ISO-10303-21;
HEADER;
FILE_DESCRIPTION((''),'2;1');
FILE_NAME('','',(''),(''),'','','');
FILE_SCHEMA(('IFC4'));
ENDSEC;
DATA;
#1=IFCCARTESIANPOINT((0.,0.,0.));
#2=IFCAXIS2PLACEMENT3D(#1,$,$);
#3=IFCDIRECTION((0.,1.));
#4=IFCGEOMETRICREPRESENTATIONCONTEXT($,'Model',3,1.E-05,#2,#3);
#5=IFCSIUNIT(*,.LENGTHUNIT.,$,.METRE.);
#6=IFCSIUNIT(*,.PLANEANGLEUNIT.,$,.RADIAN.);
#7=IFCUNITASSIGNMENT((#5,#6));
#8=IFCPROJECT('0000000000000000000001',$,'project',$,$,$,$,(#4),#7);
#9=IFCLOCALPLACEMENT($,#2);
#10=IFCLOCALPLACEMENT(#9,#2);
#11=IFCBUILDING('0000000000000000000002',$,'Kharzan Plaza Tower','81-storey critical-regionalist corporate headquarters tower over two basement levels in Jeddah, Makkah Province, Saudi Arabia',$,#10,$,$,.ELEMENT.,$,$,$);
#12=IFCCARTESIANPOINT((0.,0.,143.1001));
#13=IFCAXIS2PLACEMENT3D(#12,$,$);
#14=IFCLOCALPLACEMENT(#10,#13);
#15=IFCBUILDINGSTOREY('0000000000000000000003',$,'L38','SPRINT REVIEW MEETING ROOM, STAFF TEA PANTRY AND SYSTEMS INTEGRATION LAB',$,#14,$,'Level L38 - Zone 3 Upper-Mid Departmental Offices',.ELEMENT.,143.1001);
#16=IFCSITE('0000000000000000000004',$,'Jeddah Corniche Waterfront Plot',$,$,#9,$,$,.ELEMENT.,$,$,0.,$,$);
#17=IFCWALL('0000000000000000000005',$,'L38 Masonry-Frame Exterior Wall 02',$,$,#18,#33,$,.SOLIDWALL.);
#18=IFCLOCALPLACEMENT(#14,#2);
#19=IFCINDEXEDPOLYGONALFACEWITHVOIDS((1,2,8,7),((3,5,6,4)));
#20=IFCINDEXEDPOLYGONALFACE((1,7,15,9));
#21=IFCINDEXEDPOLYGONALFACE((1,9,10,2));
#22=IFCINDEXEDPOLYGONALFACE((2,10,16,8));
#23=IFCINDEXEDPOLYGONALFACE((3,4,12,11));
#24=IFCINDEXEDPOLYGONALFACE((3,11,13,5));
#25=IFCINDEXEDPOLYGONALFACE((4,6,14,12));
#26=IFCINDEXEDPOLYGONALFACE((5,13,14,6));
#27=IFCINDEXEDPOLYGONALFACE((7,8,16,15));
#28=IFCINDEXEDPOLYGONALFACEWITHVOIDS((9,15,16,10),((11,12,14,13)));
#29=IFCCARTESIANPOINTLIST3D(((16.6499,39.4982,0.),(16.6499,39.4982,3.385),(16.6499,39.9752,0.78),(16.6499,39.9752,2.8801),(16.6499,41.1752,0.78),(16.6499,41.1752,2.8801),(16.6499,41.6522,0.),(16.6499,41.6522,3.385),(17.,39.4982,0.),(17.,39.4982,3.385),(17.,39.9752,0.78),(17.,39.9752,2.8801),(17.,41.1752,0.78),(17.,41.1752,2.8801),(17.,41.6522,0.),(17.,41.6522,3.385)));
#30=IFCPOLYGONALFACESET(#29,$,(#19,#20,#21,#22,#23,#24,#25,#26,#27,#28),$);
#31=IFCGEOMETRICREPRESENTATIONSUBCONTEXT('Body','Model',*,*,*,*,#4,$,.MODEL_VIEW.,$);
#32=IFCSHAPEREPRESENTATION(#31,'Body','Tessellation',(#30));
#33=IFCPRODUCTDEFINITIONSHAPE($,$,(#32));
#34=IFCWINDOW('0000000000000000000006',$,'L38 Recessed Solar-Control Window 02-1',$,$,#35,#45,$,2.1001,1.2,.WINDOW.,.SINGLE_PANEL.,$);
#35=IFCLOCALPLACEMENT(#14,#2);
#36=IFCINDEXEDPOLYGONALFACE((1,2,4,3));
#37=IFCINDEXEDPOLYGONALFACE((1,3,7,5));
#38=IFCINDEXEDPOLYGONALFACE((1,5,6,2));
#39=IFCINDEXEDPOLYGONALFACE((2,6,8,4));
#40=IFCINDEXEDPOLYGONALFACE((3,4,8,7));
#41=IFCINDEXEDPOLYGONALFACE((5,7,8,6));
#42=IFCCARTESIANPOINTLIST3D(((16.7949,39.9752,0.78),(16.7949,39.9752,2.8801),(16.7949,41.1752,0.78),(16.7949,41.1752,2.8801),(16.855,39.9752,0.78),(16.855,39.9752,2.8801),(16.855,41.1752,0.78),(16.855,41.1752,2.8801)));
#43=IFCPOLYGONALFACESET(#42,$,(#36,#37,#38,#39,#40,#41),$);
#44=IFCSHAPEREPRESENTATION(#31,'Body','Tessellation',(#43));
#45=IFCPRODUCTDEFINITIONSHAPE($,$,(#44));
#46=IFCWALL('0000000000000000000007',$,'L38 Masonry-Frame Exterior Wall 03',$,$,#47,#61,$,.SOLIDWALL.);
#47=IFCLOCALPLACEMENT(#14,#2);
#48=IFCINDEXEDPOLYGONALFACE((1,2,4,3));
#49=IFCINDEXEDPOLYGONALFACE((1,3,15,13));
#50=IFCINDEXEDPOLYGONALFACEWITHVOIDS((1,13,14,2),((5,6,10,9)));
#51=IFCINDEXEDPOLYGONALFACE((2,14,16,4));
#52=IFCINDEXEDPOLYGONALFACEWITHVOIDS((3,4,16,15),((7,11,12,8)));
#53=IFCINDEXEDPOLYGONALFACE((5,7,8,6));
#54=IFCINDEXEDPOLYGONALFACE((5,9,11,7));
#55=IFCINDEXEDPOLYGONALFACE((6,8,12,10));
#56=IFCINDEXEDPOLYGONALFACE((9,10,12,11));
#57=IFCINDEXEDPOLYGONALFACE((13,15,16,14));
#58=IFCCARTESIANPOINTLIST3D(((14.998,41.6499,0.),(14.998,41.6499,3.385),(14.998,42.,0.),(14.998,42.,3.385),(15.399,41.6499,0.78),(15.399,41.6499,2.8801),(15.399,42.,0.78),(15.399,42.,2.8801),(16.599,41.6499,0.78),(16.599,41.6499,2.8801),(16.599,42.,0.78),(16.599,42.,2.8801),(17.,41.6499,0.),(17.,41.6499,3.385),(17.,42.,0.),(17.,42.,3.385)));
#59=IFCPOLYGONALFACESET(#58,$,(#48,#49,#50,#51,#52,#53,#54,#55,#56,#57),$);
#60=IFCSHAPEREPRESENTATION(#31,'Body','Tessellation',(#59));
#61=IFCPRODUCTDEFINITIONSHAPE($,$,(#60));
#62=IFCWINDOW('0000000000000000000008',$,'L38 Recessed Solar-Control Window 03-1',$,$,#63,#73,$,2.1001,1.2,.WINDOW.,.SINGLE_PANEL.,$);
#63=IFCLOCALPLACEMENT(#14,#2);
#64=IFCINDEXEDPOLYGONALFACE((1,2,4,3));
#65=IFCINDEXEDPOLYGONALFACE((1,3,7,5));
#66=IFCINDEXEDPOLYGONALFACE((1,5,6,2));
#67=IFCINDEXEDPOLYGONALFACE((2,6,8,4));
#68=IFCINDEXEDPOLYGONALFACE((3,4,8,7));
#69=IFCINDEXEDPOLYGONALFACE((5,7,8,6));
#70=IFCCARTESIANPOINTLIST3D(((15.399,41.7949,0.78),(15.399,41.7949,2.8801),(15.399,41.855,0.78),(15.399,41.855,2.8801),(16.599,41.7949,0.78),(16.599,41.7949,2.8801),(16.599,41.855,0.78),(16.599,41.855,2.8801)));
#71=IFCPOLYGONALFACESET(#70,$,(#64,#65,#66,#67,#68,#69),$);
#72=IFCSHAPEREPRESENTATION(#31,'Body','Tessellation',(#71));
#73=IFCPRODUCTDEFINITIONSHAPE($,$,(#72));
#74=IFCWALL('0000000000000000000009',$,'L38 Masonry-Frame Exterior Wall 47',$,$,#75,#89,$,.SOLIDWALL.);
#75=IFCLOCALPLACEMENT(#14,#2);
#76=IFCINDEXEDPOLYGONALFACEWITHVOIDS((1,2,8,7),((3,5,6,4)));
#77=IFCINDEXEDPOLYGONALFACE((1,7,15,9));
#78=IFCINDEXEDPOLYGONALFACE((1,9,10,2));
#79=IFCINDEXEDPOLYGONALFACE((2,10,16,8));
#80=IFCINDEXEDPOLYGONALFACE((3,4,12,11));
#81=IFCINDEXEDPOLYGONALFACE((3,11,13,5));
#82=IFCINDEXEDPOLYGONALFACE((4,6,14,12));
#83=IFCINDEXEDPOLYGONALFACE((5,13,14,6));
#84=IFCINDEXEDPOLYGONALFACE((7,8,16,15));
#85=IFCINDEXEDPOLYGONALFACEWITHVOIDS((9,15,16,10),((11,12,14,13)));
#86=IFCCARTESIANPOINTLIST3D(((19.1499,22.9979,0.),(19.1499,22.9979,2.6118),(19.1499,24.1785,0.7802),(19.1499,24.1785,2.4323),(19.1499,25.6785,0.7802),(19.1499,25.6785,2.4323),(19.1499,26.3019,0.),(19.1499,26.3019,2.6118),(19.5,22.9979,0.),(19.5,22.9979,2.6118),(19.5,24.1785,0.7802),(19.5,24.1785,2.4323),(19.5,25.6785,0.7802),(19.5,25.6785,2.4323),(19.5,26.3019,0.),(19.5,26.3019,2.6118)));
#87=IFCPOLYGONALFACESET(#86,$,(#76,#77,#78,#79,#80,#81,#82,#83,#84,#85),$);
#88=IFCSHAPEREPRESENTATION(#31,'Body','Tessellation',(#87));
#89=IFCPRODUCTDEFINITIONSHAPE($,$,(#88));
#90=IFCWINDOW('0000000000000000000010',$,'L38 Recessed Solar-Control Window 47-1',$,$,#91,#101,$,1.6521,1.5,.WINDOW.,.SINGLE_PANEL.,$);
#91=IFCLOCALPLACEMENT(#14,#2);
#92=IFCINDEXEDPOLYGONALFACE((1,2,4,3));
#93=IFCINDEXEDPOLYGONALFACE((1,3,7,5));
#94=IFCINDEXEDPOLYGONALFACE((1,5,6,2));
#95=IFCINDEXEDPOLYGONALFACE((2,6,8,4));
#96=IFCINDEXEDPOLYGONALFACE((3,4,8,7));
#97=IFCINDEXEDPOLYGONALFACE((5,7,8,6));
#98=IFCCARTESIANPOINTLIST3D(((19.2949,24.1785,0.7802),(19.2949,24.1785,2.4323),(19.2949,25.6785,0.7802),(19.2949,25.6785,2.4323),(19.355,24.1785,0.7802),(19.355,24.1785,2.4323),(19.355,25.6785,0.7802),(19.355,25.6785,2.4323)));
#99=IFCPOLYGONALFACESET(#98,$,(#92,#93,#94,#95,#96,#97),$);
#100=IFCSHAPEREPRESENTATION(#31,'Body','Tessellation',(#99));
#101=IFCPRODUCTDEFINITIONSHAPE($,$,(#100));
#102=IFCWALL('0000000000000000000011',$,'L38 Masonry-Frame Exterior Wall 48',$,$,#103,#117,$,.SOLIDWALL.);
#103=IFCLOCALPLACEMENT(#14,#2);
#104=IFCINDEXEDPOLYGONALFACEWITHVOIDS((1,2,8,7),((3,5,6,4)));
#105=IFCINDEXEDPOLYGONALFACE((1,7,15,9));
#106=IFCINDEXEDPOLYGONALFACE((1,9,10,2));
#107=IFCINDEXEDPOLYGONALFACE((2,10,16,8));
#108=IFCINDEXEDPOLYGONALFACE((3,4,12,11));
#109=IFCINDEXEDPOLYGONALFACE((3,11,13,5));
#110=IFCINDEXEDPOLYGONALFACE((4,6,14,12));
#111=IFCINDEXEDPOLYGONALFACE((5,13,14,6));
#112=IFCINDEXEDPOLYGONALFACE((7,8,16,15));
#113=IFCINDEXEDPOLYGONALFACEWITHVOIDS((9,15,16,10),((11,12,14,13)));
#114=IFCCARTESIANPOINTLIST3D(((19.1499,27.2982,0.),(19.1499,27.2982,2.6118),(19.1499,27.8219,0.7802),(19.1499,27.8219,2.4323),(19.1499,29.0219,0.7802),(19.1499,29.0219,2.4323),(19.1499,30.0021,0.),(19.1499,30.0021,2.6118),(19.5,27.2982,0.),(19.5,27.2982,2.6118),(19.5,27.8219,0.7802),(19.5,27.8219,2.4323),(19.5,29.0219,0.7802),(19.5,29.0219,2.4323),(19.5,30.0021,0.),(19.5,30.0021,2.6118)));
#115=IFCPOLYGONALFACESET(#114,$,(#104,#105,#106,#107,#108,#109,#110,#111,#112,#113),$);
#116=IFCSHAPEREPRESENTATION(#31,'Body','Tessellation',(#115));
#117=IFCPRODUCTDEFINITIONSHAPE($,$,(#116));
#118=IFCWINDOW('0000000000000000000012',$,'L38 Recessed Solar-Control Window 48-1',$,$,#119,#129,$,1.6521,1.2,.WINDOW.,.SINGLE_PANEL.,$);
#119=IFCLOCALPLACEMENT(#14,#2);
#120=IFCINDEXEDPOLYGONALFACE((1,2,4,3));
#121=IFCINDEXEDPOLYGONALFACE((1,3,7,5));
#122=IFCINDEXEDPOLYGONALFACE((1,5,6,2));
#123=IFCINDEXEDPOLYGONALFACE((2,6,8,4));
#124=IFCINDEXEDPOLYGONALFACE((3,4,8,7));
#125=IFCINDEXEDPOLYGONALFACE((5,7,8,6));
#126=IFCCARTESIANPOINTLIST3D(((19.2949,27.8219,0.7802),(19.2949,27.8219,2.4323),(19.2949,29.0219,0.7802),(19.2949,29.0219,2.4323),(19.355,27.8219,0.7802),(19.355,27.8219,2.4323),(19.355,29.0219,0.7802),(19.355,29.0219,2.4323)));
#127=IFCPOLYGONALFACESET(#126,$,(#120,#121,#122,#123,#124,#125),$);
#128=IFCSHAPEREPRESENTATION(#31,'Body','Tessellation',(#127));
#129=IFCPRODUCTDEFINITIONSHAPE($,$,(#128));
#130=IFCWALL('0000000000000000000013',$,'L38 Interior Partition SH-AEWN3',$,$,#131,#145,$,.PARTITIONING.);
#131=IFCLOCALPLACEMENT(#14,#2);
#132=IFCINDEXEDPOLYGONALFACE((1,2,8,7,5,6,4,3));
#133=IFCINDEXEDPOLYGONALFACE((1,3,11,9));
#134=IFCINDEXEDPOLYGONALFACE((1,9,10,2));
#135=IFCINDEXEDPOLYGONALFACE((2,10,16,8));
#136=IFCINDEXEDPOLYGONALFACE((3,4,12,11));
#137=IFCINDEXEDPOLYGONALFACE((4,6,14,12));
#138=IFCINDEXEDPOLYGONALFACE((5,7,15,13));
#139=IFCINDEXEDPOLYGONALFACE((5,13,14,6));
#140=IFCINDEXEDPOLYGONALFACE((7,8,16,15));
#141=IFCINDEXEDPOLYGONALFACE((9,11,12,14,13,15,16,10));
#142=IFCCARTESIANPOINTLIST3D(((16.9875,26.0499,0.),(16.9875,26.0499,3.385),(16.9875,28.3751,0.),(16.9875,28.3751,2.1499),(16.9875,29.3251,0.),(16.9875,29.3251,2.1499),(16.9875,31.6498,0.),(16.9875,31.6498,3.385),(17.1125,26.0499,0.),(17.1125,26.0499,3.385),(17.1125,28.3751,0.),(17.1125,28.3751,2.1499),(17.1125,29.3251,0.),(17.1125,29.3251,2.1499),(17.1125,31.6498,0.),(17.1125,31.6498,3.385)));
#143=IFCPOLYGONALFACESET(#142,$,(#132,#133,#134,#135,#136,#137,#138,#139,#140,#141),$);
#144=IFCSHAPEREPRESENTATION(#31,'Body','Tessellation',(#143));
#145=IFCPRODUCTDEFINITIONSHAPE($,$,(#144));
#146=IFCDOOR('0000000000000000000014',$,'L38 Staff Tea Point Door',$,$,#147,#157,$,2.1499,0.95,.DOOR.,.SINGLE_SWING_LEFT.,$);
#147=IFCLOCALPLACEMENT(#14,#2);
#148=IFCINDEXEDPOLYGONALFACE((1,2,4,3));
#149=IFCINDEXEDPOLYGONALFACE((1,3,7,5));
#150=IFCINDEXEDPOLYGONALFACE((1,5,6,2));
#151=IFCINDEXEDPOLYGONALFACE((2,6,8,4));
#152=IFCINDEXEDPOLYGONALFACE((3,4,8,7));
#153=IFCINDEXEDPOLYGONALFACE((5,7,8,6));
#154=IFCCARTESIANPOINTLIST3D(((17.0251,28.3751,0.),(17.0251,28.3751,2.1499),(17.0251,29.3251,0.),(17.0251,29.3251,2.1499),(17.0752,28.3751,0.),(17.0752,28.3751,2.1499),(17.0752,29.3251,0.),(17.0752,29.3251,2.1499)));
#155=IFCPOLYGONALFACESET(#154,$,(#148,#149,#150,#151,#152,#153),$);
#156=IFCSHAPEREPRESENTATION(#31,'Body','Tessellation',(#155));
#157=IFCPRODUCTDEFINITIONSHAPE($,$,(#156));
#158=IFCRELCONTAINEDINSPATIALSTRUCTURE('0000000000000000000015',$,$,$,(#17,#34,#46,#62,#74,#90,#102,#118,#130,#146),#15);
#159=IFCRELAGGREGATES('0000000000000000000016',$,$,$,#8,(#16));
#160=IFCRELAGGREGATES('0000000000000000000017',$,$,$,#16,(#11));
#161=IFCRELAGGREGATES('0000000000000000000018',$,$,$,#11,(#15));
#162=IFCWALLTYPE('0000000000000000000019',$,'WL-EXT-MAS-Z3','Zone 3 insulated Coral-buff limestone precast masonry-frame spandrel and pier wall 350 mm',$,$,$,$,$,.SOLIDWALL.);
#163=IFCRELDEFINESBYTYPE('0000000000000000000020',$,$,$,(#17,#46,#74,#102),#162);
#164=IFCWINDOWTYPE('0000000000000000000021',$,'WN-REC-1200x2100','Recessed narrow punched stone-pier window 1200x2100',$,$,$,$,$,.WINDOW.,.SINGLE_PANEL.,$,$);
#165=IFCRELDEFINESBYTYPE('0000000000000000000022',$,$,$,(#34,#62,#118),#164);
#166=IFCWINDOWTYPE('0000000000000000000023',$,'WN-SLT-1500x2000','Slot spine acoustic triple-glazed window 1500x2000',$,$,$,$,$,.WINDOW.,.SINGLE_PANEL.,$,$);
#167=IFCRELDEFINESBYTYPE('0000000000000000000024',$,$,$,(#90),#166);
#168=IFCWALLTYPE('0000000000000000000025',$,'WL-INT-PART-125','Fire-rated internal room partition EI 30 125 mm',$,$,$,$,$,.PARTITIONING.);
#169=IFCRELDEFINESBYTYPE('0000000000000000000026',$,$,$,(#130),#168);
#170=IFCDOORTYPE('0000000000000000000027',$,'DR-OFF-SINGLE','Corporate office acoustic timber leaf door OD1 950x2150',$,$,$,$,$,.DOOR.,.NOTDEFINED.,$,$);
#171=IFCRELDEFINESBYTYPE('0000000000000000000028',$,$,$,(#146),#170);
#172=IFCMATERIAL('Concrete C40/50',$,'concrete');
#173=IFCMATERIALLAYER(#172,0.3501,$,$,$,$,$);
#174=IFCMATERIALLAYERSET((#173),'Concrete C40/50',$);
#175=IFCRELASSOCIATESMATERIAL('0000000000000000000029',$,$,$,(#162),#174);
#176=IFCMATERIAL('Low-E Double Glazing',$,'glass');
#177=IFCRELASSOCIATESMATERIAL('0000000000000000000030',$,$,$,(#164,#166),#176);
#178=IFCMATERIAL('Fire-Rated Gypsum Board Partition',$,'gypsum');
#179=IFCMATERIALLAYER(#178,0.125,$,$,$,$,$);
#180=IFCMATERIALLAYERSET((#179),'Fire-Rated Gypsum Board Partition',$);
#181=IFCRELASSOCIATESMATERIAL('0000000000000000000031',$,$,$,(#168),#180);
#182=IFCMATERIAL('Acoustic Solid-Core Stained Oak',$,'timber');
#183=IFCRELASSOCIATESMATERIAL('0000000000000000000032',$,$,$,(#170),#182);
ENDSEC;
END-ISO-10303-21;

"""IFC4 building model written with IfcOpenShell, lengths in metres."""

from ifc_helpers import new_model, si_unit, direction, frame, frame_2d, origin, place, context, subcontext, project, spatial, rectangle, extrude, source, transform, mapped, material, layer, layer_set, type_object, element, fill, save


model = new_model("IFC4")

# Units and contexts
model_context = context("Model", 3, precision=1e-05, world=origin(), true_north=direction((0.0, 1.0)))
body_context = subcontext(model_context, "Body", "Model", "MODEL_VIEW")
ifc_project = project(units=[si_unit("LENGTHUNIT", "METRE"), si_unit("PLANEANGLEUNIT", "RADIAN")], contexts=[model_context])

# Site, building, storey
site_placement = place(None, origin())
site = spatial("IfcSite", under=ifc_project, at=site_placement, Name="Jeddah Corniche Waterfront Plot", CompositionType="ELEMENT", RefElevation=0.0)
building_placement = place(site_placement, origin())
building = spatial("IfcBuilding", under=site, at=building_placement, Name="Kharzan Plaza Tower", Description="81-storey critical-regionalist corporate headquarters tower over two basement levels in Jeddah, Makkah Province, Saudi Arabia", CompositionType="ELEMENT")
storey_placement = place(building_placement, frame((0.0, 0.0, 143.1001)))
storey = spatial("IfcBuildingStorey", under=building, at=storey_placement, Name="L38", Description="SPRINT REVIEW MEETING ROOM, STAFF TEA PANTRY AND SYSTEMS INTEGRATION LAB", LongName="Level L38 - Zone 3 Upper-Mid Departmental Offices", CompositionType="ELEMENT", Elevation=143.1001)

# Walls, openings, windows
ifc_material_1 = material(Name="Concrete C40/50", Category="concrete")
ifc_layer_1 = layer(ifc_material_1, 0.3501)
ifc_layer_set_1 = layer_set([ifc_layer_1], Name="Concrete C40/50")
wall_type_1 = type_object("IfcWallType", Name="WL-EXT-MAS-Z3", Description="Zone 3 insulated Coral-buff limestone precast masonry-frame spandrel and pier wall 350 mm", PredefinedType="SOLIDWALL", material=ifc_layer_set_1)
ifc_material_2 = material(Name="Low-E Double Glazing", Category="glass")
wall_1_placement = place(storey_placement, frame((16.825, 39.498, 0.0), z_axis=(0.0, 0.0, 1.0), x_axis=(0.0, 1.0, 0.0)))
wall_1 = element("IfcWall", 1, at=wall_1_placement, inside=storey, type_object=wall_type_1, Name="L38 Masonry-Frame Exterior Wall 02", PredefinedType="SOLIDWALL", context=body_context, shape_type="SweptSolid", body=[
    extrude(rectangle(XDim=2.1541, YDim=0.3501, at=frame_2d((1.0771, 0.0))), origin(), (0.0, 0.0, 1.0), 3.385),
])
opening_1_placement = place(wall_1_placement, frame((0.4771, 0.0, 0.78)))
opening_1 = element("IfcOpeningElement", 2, at=opening_1_placement, cuts=wall_1, PredefinedType="OPENING", context=body_context, shape_type="SweptSolid", body=[
    extrude(rectangle(XDim=1.2, YDim=2.1001, at=frame_2d((0.6001, 1.05))), frame((0.0, 0.1851, 0.0), z_axis=(0.0, -1.0, 0.0), x_axis=(1.0, 0.0, 0.0)), (0.0, 0.0, 1.0), 0.3701),
])
window_type_1 = type_object("IfcWindowType", Name="WN-REC-1200x2100", Description="Recessed narrow punched stone-pier window 1200x2100", PartitioningType="SINGLE_PANEL", PredefinedType="WINDOW", material=ifc_material_2)
shared_shape_1 = source(origin(), body_context, "Body", "SweptSolid", [
    extrude(rectangle(XDim=1.2, YDim=2.1001, at=frame_2d((0.6001, 1.05))), frame((0.0, 0.03, 0.0), z_axis=(0.0, -1.0, 0.0), x_axis=(1.0, 0.0, 0.0)), (0.0, 0.0, 1.0), 0.0601),
])
window_1_placement = place(opening_1_placement, origin())
window_1 = element("IfcWindow", 3, at=window_1_placement, inside=storey, type_object=window_type_1, Name="L38 Recessed Solar-Control Window 02-1", OverallHeight=2.1001, OverallWidth=1.2, PartitioningType="SINGLE_PANEL", PredefinedType="WINDOW", context=body_context, shape_type="MappedRepresentation", body=[
    mapped(shared_shape_1, transform((0.0, 0.0, 0.0), x_axis=(1.0, 0.0, 0.0), y_axis=(0.0, 1.0, 0.0), z_axis=(0.0, 0.0, 1.0))),
])
fill(opening_1, window_1)
wall_2_placement = place(storey_placement, frame((17.0, 41.825, 0.0), z_axis=(0.0, 0.0, 1.0), x_axis=(-1.0, 0.0, 0.0)))
wall_2 = element("IfcWall", 4, at=wall_2_placement, inside=storey, type_object=wall_type_1, Name="L38 Masonry-Frame Exterior Wall 03", PredefinedType="SOLIDWALL", context=body_context, shape_type="SweptSolid", body=[
    extrude(rectangle(XDim=2.002, YDim=0.3501, at=frame_2d((1.001, 0.0))), origin(), (0.0, 0.0, 1.0), 3.385),
])
opening_2_placement = place(wall_2_placement, frame((0.4009, 0.0, 0.78)))
opening_2 = element("IfcOpeningElement", 5, at=opening_2_placement, cuts=wall_2, PredefinedType="OPENING", context=body_context, shape_type="SweptSolid", body=[
    extrude(rectangle(XDim=1.2, YDim=2.1001, at=frame_2d((0.6001, 1.05))), frame((0.0, 0.1851, 0.0), z_axis=(0.0, -1.0, 0.0), x_axis=(1.0, 0.0, 0.0)), (0.0, 0.0, 1.0), 0.3701),
])
window_2_placement = place(opening_2_placement, origin())
window_2 = element("IfcWindow", 6, at=window_2_placement, inside=storey, type_object=window_type_1, Name="L38 Recessed Solar-Control Window 03-1", OverallHeight=2.1001, OverallWidth=1.2, PartitioningType="SINGLE_PANEL", PredefinedType="WINDOW", context=body_context, shape_type="MappedRepresentation", body=[
    mapped(shared_shape_1, transform((0.0, 0.0, 0.0), x_axis=(1.0, 0.0, 0.0), y_axis=(0.0, 1.0, 0.0), z_axis=(0.0, 0.0, 1.0))),
])
fill(opening_2, window_2)
wall_3_placement = place(storey_placement, frame((19.325, 22.998, 0.0), z_axis=(0.0, 0.0, 1.0), x_axis=(0.0, 1.0, 0.0)))
wall_3 = element("IfcWall", 7, at=wall_3_placement, inside=storey, type_object=wall_type_1, Name="L38 Masonry-Frame Exterior Wall 47", PredefinedType="SOLIDWALL", context=body_context, shape_type="SweptSolid", body=[
    extrude(rectangle(XDim=3.304, YDim=0.3501, at=frame_2d((1.6519, 0.0))), origin(), (0.0, 0.0, 1.0), 2.6118),
])
opening_3_placement = place(wall_3_placement, frame((1.1804, 0.0, 0.78)))
opening_3 = element("IfcOpeningElement", 8, at=opening_3_placement, cuts=wall_3, PredefinedType="OPENING", context=body_context, shape_type="SweptSolid", body=[
    extrude(rectangle(XDim=1.5, YDim=1.6521, at=frame_2d((0.75, 0.8262))), frame((0.0, 0.1851, 0.0), z_axis=(0.0, -1.0, 0.0), x_axis=(1.0, 0.0, 0.0)), (0.0, 0.0, 1.0), 0.3701),
])
window_type_2 = type_object("IfcWindowType", Name="WN-SLT-1500x2000", Description="Slot spine acoustic triple-glazed window 1500x2000", PartitioningType="SINGLE_PANEL", PredefinedType="WINDOW", material=ifc_material_2)
shared_shape_2 = source(origin(), body_context, "Body", "SweptSolid", [
    extrude(rectangle(XDim=1.5, YDim=1.6521, at=frame_2d((0.75, 0.8262))), frame((0.0, 0.03, 0.0), z_axis=(0.0, -1.0, 0.0), x_axis=(1.0, 0.0, 0.0)), (0.0, 0.0, 1.0), 0.0601),
])
window_3_placement = place(opening_3_placement, origin())
window_3 = element("IfcWindow", 9, at=window_3_placement, inside=storey, type_object=window_type_2, Name="L38 Recessed Solar-Control Window 47-1", OverallHeight=1.6521, OverallWidth=1.5, PartitioningType="SINGLE_PANEL", PredefinedType="WINDOW", context=body_context, shape_type="MappedRepresentation", body=[
    mapped(shared_shape_2, transform((0.0, 0.0, 0.0), x_axis=(1.0, 0.0, 0.0), y_axis=(0.0, 1.0, 0.0), z_axis=(0.0, 0.0, 1.0))),
])
fill(opening_3, window_3)
wall_4_placement = place(storey_placement, frame((19.325, 27.2981, 0.0), z_axis=(0.0, 0.0, 1.0), x_axis=(0.0, 1.0, 0.0)))
wall_4 = element("IfcWall", 10, at=wall_4_placement, inside=storey, type_object=wall_type_1, Name="L38 Masonry-Frame Exterior Wall 48", PredefinedType="SOLIDWALL", context=body_context, shape_type="SweptSolid", body=[
    extrude(rectangle(XDim=2.7039, YDim=0.3501, at=frame_2d((1.3521, 0.0))), origin(), (0.0, 0.0, 1.0), 2.6118),
])
opening_4_placement = place(wall_4_placement, frame((0.5237, 0.0, 0.78)))
opening_4 = element("IfcOpeningElement", 11, at=opening_4_placement, cuts=wall_4, PredefinedType="OPENING", context=body_context, shape_type="SweptSolid", body=[
    extrude(rectangle(XDim=1.2, YDim=1.6521, at=frame_2d((0.6001, 0.8262))), frame((0.0, 0.1851, 0.0), z_axis=(0.0, -1.0, 0.0), x_axis=(1.0, 0.0, 0.0)), (0.0, 0.0, 1.0), 0.3701),
])
shared_shape_3 = source(origin(), body_context, "Body", "SweptSolid", [
    extrude(rectangle(XDim=1.2, YDim=1.6521, at=frame_2d((0.6001, 0.8262))), frame((0.0, 0.03, 0.0), z_axis=(0.0, -1.0, 0.0), x_axis=(1.0, 0.0, 0.0)), (0.0, 0.0, 1.0), 0.0601),
])
window_4_placement = place(opening_4_placement, origin())
window_4 = element("IfcWindow", 12, at=window_4_placement, inside=storey, type_object=window_type_1, Name="L38 Recessed Solar-Control Window 48-1", OverallHeight=1.6521, OverallWidth=1.2, PartitioningType="SINGLE_PANEL", PredefinedType="WINDOW", context=body_context, shape_type="MappedRepresentation", body=[
    mapped(shared_shape_3, transform((0.0, 0.0, 0.0), x_axis=(1.0, 0.0, 0.0), y_axis=(0.0, 1.0, 0.0), z_axis=(0.0, 0.0, 1.0))),
])
fill(opening_4, window_4)

# Wall, opening, door
ifc_material_3 = material(Name="Fire-Rated Gypsum Board Partition", Category="gypsum")
ifc_layer_2 = layer(ifc_material_3, 0.125)
ifc_layer_set_2 = layer_set([ifc_layer_2], Name="Fire-Rated Gypsum Board Partition")
wall_type_2 = type_object("IfcWallType", Name="WL-INT-PART-125", Description="Fire-rated internal room partition EI 30 125 mm", PredefinedType="PARTITIONING", material=ifc_layer_set_2)
wall_5_placement = place(storey_placement, frame((17.05, 26.05, 0.0), z_axis=(0.0, 0.0, 1.0), x_axis=(0.0, 1.0, 0.0)))
wall_5 = element("IfcWall", 13, at=wall_5_placement, inside=storey, type_object=wall_type_2, Name="L38 Interior Partition SH-AEWN3", PredefinedType="PARTITIONING", context=body_context, shape_type="SweptSolid", body=[
    extrude(rectangle(XDim=5.5999, YDim=0.125, at=frame_2d((2.7998, 0.0))), origin(), (0.0, 0.0, 1.0), 3.385),
])
opening_5_placement = place(wall_5_placement, frame((2.325, 0.0, 0.0)))
opening_5 = element("IfcOpeningElement", 14, at=opening_5_placement, cuts=wall_5, PredefinedType="OPENING", context=body_context, shape_type="SweptSolid", body=[
    extrude(rectangle(XDim=0.95, YDim=2.1499, at=frame_2d((0.4751, 1.075))), frame((0.0, 0.0725, 0.0), z_axis=(0.0, -1.0, 0.0), x_axis=(1.0, 0.0, 0.0)), (0.0, 0.0, 1.0), 0.145),
])
ifc_material_4 = material(Name="Acoustic Solid-Core Stained Oak", Category="timber")
door_type_1 = type_object("IfcDoorType", Name="DR-OFF-SINGLE", Description="Corporate office acoustic timber leaf door OD1 950x2150", OperationType="NOTDEFINED", PredefinedType="DOOR", material=ifc_material_4)
shared_shape_4 = source(origin(), body_context, "Body", "SweptSolid", [
    extrude(rectangle(XDim=0.95, YDim=2.1499, at=frame_2d((0.4751, 1.075))), frame((0.0, 0.0249, 0.0), z_axis=(0.0, -1.0, 0.0), x_axis=(1.0, 0.0, 0.0)), (0.0, 0.0, 1.0), 0.05),
])
door_1_placement = place(opening_5_placement, origin())
door_1 = element("IfcDoor", 15, at=door_1_placement, inside=storey, type_object=door_type_1, Name="L38 Staff Tea Point Door", OperationType="SINGLE_SWING_LEFT", OverallHeight=2.1499, OverallWidth=0.95, PredefinedType="DOOR", context=body_context, shape_type="MappedRepresentation", body=[
    mapped(shared_shape_4, transform((0.0, 0.0, 0.0), x_axis=(1.0, 0.0, 0.0), y_axis=(0.0, 1.0, 0.0), z_axis=(0.0, 0.0, 1.0))),
])
fill(opening_5, door_1)

save(model, "model.ifc")
